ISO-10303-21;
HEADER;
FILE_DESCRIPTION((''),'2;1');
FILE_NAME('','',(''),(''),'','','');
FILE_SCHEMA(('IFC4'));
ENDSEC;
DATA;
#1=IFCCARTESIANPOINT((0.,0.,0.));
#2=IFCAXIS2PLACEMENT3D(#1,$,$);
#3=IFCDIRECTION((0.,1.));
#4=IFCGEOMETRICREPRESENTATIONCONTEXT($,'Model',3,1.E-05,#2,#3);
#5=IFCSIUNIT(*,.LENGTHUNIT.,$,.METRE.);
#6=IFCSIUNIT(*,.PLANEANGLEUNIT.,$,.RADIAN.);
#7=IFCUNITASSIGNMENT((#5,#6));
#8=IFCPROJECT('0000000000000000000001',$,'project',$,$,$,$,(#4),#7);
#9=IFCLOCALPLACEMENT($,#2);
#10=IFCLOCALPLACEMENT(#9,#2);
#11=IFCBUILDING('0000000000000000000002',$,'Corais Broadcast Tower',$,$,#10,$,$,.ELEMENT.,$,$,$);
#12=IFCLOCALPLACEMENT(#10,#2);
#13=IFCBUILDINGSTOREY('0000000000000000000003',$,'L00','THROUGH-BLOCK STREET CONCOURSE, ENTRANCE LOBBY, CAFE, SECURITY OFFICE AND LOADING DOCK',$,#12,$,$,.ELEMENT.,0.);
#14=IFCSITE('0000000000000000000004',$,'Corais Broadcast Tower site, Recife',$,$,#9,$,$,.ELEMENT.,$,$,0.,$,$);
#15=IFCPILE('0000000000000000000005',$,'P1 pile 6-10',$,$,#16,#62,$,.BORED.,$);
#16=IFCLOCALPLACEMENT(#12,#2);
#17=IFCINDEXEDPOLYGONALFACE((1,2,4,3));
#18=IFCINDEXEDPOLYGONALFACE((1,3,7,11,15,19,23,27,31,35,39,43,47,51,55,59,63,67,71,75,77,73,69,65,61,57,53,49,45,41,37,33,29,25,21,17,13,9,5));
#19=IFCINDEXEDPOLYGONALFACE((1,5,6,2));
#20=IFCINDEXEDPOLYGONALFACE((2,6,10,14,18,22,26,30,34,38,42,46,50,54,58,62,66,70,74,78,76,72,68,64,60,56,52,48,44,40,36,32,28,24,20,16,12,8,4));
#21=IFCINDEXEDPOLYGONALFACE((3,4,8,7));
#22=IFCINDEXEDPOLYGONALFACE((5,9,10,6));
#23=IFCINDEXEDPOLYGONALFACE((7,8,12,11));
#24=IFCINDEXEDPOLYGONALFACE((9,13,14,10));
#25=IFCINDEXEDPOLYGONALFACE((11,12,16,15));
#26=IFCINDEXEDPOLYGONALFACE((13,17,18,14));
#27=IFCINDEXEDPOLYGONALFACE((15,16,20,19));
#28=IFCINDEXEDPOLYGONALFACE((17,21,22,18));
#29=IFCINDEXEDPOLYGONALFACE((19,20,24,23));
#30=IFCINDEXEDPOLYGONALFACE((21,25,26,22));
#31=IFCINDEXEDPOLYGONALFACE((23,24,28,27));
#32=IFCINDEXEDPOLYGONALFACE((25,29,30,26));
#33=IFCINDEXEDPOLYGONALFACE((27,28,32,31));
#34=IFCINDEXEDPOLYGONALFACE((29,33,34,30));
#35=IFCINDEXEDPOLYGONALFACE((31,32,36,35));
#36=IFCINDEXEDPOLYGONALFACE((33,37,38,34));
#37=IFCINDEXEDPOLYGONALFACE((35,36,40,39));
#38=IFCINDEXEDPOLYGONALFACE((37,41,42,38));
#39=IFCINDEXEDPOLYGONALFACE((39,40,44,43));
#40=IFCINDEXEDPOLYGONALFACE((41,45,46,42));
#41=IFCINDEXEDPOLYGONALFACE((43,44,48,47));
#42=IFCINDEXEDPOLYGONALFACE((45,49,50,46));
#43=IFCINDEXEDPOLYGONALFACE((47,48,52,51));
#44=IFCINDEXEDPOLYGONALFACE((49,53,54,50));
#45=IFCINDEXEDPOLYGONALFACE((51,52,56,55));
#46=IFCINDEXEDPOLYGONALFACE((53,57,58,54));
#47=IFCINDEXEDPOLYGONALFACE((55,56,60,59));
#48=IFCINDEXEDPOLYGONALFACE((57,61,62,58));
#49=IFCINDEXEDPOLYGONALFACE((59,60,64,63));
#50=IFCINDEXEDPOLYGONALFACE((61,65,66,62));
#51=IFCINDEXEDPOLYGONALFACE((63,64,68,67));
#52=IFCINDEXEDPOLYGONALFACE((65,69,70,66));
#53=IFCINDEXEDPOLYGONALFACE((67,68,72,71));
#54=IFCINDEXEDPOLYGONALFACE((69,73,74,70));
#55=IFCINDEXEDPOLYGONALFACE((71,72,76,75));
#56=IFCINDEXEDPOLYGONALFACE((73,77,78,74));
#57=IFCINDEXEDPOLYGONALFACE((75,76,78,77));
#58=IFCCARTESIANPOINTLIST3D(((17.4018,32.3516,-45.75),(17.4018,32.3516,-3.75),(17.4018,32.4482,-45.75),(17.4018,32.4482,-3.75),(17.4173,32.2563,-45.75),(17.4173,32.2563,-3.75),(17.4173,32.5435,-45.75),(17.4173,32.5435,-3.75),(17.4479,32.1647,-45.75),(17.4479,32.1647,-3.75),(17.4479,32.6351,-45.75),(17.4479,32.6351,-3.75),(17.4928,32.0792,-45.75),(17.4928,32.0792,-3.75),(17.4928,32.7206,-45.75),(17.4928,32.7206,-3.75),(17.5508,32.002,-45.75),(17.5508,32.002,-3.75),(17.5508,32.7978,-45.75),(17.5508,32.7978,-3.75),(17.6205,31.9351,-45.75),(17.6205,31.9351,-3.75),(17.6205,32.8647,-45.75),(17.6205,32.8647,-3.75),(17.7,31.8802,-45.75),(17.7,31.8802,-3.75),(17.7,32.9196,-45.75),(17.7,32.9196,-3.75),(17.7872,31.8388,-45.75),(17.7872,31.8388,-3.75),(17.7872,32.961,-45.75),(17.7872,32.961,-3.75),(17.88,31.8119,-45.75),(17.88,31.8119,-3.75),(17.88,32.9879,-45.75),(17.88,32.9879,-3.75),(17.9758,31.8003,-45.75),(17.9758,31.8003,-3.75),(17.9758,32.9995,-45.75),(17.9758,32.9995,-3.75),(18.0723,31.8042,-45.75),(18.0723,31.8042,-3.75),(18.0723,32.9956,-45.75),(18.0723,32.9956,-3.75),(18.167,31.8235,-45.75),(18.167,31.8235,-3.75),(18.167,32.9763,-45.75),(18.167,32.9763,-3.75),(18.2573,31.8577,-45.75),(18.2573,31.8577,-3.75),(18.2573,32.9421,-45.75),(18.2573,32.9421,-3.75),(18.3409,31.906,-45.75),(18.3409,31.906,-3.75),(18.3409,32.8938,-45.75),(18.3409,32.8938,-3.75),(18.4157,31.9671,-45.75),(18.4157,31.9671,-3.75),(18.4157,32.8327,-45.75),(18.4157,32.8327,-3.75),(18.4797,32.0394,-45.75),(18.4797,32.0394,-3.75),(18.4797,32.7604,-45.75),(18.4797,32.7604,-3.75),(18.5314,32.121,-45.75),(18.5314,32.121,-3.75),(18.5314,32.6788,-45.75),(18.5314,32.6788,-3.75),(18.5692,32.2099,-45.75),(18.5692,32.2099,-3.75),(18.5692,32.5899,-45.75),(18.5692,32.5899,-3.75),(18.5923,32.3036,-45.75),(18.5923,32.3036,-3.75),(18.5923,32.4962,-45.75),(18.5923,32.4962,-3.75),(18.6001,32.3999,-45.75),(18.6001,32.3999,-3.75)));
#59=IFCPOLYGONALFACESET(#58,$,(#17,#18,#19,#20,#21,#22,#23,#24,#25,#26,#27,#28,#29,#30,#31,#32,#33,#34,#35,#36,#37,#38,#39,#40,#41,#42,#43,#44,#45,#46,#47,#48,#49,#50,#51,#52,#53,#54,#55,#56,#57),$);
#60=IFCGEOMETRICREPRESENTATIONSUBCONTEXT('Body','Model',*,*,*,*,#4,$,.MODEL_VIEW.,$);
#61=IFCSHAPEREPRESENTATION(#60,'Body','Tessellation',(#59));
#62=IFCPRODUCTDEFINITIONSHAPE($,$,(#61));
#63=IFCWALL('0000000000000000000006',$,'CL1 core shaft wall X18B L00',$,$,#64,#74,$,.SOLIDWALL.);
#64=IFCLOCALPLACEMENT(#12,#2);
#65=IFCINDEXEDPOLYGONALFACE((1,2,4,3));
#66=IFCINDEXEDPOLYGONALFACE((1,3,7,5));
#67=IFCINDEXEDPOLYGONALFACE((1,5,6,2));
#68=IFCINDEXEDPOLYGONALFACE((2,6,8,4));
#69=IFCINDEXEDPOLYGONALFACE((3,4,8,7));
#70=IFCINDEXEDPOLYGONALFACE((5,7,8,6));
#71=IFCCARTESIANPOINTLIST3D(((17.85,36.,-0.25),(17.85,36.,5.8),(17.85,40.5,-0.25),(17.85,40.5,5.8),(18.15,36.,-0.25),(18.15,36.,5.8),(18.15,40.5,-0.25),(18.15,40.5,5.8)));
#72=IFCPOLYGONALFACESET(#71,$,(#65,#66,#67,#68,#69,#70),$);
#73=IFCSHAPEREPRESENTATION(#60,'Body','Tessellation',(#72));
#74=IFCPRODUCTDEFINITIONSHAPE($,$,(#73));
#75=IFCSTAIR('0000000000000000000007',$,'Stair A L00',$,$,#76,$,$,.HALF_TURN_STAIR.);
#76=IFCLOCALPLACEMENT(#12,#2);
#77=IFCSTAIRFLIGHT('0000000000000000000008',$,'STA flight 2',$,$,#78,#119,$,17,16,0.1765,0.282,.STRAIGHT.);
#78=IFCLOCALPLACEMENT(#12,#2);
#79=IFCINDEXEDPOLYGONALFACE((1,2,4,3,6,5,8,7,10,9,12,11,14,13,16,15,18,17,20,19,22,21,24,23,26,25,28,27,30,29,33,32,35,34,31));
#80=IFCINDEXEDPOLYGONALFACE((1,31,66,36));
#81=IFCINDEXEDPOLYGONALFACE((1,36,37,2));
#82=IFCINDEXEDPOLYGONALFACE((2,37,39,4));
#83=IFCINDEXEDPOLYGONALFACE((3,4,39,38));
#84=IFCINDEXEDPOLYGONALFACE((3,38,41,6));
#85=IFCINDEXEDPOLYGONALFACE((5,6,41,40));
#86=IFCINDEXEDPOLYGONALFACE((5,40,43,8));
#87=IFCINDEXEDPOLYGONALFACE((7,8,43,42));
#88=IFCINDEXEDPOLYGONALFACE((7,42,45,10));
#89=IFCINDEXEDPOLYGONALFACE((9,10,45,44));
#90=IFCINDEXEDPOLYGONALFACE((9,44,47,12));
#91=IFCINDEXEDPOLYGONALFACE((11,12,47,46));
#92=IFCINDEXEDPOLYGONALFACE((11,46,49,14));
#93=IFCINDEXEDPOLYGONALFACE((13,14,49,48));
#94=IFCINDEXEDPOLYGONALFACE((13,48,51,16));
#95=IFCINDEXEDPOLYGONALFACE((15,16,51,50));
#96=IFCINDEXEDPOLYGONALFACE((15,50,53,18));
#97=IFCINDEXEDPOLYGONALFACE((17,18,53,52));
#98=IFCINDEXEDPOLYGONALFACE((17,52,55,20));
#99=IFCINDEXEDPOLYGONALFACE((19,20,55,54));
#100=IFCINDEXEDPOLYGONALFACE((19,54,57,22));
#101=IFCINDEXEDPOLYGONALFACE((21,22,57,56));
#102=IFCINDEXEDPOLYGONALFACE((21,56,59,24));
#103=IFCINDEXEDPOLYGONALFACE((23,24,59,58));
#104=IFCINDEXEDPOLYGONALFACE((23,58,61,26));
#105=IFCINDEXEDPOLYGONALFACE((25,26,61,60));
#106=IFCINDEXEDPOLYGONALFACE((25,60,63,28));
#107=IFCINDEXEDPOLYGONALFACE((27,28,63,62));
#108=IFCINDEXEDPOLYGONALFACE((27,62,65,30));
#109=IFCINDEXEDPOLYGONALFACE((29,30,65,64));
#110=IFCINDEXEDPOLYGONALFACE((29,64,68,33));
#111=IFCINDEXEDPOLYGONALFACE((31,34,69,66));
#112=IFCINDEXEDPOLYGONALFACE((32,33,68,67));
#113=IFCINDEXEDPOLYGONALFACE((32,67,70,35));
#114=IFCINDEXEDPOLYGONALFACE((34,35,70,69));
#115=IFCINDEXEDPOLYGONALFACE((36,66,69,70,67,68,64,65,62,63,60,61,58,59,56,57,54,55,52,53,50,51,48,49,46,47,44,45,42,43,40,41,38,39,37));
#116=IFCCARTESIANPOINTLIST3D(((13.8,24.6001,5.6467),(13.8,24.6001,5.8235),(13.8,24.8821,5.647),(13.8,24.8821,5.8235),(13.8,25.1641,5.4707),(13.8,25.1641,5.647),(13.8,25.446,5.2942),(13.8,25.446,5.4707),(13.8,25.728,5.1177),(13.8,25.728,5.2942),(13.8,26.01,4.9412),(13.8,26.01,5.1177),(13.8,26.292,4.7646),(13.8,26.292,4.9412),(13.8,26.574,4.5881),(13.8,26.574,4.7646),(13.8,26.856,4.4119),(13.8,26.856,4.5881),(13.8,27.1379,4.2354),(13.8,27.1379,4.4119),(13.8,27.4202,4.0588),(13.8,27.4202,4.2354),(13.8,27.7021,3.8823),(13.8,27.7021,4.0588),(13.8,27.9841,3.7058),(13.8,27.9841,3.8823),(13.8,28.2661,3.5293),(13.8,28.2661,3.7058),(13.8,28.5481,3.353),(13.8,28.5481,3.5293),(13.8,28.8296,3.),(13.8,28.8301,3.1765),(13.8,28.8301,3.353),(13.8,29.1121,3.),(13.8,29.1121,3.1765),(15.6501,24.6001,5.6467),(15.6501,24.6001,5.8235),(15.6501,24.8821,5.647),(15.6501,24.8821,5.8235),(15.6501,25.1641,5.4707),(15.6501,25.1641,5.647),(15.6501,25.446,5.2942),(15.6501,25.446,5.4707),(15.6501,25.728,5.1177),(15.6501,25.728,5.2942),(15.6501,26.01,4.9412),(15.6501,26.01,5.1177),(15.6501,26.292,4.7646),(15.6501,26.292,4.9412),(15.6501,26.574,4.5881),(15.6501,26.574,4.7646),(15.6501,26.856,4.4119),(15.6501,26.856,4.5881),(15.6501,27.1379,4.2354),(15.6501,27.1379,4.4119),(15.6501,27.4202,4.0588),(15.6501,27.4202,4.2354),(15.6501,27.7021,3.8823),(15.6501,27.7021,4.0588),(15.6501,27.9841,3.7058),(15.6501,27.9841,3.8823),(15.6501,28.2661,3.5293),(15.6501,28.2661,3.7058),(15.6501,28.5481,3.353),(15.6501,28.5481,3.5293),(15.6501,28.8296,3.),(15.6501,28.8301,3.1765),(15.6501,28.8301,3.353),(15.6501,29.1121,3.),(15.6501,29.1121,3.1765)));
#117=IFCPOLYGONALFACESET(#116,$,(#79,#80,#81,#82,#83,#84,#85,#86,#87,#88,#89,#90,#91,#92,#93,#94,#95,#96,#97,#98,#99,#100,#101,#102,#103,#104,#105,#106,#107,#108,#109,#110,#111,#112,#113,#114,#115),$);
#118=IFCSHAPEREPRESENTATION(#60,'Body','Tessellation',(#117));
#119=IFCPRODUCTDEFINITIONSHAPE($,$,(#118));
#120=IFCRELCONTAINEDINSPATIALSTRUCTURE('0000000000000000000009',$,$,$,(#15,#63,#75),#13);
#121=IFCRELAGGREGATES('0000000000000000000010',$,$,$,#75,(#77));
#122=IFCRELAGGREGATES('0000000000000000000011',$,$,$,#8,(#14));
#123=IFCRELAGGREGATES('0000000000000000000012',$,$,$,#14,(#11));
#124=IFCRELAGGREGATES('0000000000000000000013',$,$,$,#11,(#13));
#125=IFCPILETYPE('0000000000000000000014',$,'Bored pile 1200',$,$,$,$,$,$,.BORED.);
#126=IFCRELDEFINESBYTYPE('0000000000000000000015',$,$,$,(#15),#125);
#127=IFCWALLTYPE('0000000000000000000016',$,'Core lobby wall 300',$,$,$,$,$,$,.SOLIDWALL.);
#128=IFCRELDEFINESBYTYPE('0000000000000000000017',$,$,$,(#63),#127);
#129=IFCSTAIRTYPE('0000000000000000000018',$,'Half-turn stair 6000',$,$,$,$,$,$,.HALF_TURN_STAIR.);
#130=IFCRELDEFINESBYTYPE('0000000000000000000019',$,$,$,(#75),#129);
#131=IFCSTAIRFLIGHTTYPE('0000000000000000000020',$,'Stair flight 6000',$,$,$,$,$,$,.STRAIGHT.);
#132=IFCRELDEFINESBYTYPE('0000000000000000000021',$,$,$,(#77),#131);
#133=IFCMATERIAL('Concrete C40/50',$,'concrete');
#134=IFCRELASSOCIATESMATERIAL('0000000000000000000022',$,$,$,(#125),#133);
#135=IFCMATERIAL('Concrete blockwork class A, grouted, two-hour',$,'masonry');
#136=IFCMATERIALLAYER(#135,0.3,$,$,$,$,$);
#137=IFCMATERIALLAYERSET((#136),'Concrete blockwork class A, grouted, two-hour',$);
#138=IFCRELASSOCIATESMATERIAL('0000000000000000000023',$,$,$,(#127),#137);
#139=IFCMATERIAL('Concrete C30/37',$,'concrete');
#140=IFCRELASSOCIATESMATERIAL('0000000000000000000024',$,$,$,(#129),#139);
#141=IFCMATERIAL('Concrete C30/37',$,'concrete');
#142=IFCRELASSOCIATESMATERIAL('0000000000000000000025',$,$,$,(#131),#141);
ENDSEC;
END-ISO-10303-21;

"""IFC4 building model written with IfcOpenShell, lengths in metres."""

from ifc_helpers import new_model, si_unit, direction, frame, frame_2d, origin, origin_2d, place, context, subcontext, project, spatial, polyline, rectangle, circle, outline, extrude, material, layer, layer_set, type_object, element, aggregate, save


model = new_model("IFC4")

# Units and contexts
model_context = context("Model", 3, precision=1e-05, world=origin(), true_north=direction((0.0, 1.0)))
body_context = subcontext(model_context, "Body", "Model", "MODEL_VIEW")
ifc_project = project(units=[si_unit("LENGTHUNIT", "METRE"), si_unit("PLANEANGLEUNIT", "RADIAN")], contexts=[model_context])

# Site, building, storey
site_placement = place(None, origin())
site = spatial("IfcSite", under=ifc_project, at=site_placement, Name="Corais Broadcast Tower site, Recife", CompositionType="ELEMENT", RefElevation=0.0)
building_placement = place(site_placement, origin())
building = spatial("IfcBuilding", under=site, at=building_placement, Name="Corais Broadcast Tower", CompositionType="ELEMENT")
storey_placement = place(building_placement, origin())
storey = spatial("IfcBuildingStorey", under=building, at=storey_placement, Name="L00", Description="THROUGH-BLOCK STREET CONCOURSE, ENTRANCE LOBBY, CAFE, SECURITY OFFICE AND LOADING DOCK", CompositionType="ELEMENT", Elevation=0.0)

# Pile
ifc_material_1 = material(Name="Concrete C40/50", Category="concrete")
pile_type = type_object("IfcPileType", Name="Bored pile 1200", PredefinedType="BORED", material=ifc_material_1)
for number, where, z_axis, x_axis, name in (
    (1, (18.0, 32.3999, -3.75), (0.0, 0.0, -1.0), (1.0, 0.0, 0.0), "P1 pile 6-10"),
):
    element("IfcPile", number, at=place(storey_placement, frame(where, z_axis=z_axis, x_axis=x_axis)), inside=storey, type_object=pile_type, Name=name, PredefinedType="BORED", context=body_context, shape_type="SweptSolid", body=[
        extrude(circle(Radius=0.6001, at=origin_2d()), origin(), (0.0, 0.0, 1.0), 42.0),
    ])

# Wall
ifc_material_2 = material(Name="Concrete blockwork class A, grouted, two-hour", Category="masonry")
ifc_layer = layer(ifc_material_2, 0.3)
ifc_layer_set = layer_set([ifc_layer], Name="Concrete blockwork class A, grouted, two-hour")
wall_type = type_object("IfcWallType", Name="Core lobby wall 300", PredefinedType="SOLIDWALL", material=ifc_layer_set)
wall_placement = place(storey_placement, frame((18.0, 36.0, -0.25), z_axis=(0.0, 0.0, 1.0), x_axis=(0.0, 1.0, 0.0)))
element("IfcWall", 2, at=wall_placement, inside=storey, type_object=wall_type, Name="CL1 core shaft wall X18B L00", PredefinedType="SOLIDWALL", context=body_context, shape_type="SweptSolid", body=[
    extrude(rectangle(XDim=4.5, YDim=0.3, at=frame_2d((2.25, 0.0))), origin(), (0.0, 0.0, 1.0), 6.05),
])

# Stair, stair flight
ifc_material_3 = material(Name="Concrete C30/37", Category="concrete")
stair_type = type_object("IfcStairType", Name="Half-turn stair 6000", PredefinedType="HALF_TURN_STAIR", material=ifc_material_3)
stair_placement = place(storey_placement, origin())
stair = element("IfcStair", 3, at=stair_placement, inside=storey, type_object=stair_type, Name="Stair A L00", PredefinedType="HALF_TURN_STAIR")
ifc_material_4 = material(Name="Concrete C30/37", Category="concrete")
stair_flight_type = type_object("IfcStairFlightType", Name="Stair flight 6000", PredefinedType="STRAIGHT", material=ifc_material_4)
stair_flight_placement = place(storey_placement, frame((14.7251, 29.1121, 3.0), z_axis=(0.0, 0.0, 1.0), x_axis=(0.0, -1.0, 0.0)))
stair_flight = element("IfcStairFlight", 4, at=stair_flight_placement, type_object=stair_flight_type, Name="STA flight 2", NumberOfRisers=17, NumberOfTreads=16, PredefinedType="STRAIGHT", RiserHeight=0.1765, TreadLength=0.282, context=body_context, shape_type="SweptSolid", body=[
    extrude(outline(polyline([(0.0, 0.0), (0.0, 0.1765), (0.282, 0.1765), (0.282, 0.353), (0.564, 0.353), (0.564, 0.5293), (0.8459, 0.5293), (0.8459, 0.7058), (1.1279, 0.7058), (1.1279, 0.8823), (1.4099, 0.8823), (1.4099, 1.0588), (1.6919, 1.0588), (1.6919, 1.2354), (1.9741, 1.2354), (1.9741, 1.4119), (2.2561, 1.4119), (2.2561, 1.5881), (2.5381, 1.5881), (2.5381, 1.7646), (2.8201, 1.7646), (2.8201, 1.9412), (3.1021, 1.9412), (3.1021, 2.1177), (3.384, 2.1177), (3.384, 2.2942), (3.666, 2.2942), (3.666, 2.4707), (3.948, 2.4707), (3.948, 2.647), (4.23, 2.647), (4.23, 2.8235), (4.512, 2.8235), (4.512, 3.0), (4.512, 2.6467), (0.2825, 0.0), (0.0, 0.0)])), frame((0.0, 0.925, 0.0), z_axis=(0.0, -1.0, 0.0), x_axis=(1.0, 0.0, 0.0)), (0.0, 0.0, 1.0), 1.8501),
])
aggregate(stair, [stair_flight])

save(model, "model.ifc")
